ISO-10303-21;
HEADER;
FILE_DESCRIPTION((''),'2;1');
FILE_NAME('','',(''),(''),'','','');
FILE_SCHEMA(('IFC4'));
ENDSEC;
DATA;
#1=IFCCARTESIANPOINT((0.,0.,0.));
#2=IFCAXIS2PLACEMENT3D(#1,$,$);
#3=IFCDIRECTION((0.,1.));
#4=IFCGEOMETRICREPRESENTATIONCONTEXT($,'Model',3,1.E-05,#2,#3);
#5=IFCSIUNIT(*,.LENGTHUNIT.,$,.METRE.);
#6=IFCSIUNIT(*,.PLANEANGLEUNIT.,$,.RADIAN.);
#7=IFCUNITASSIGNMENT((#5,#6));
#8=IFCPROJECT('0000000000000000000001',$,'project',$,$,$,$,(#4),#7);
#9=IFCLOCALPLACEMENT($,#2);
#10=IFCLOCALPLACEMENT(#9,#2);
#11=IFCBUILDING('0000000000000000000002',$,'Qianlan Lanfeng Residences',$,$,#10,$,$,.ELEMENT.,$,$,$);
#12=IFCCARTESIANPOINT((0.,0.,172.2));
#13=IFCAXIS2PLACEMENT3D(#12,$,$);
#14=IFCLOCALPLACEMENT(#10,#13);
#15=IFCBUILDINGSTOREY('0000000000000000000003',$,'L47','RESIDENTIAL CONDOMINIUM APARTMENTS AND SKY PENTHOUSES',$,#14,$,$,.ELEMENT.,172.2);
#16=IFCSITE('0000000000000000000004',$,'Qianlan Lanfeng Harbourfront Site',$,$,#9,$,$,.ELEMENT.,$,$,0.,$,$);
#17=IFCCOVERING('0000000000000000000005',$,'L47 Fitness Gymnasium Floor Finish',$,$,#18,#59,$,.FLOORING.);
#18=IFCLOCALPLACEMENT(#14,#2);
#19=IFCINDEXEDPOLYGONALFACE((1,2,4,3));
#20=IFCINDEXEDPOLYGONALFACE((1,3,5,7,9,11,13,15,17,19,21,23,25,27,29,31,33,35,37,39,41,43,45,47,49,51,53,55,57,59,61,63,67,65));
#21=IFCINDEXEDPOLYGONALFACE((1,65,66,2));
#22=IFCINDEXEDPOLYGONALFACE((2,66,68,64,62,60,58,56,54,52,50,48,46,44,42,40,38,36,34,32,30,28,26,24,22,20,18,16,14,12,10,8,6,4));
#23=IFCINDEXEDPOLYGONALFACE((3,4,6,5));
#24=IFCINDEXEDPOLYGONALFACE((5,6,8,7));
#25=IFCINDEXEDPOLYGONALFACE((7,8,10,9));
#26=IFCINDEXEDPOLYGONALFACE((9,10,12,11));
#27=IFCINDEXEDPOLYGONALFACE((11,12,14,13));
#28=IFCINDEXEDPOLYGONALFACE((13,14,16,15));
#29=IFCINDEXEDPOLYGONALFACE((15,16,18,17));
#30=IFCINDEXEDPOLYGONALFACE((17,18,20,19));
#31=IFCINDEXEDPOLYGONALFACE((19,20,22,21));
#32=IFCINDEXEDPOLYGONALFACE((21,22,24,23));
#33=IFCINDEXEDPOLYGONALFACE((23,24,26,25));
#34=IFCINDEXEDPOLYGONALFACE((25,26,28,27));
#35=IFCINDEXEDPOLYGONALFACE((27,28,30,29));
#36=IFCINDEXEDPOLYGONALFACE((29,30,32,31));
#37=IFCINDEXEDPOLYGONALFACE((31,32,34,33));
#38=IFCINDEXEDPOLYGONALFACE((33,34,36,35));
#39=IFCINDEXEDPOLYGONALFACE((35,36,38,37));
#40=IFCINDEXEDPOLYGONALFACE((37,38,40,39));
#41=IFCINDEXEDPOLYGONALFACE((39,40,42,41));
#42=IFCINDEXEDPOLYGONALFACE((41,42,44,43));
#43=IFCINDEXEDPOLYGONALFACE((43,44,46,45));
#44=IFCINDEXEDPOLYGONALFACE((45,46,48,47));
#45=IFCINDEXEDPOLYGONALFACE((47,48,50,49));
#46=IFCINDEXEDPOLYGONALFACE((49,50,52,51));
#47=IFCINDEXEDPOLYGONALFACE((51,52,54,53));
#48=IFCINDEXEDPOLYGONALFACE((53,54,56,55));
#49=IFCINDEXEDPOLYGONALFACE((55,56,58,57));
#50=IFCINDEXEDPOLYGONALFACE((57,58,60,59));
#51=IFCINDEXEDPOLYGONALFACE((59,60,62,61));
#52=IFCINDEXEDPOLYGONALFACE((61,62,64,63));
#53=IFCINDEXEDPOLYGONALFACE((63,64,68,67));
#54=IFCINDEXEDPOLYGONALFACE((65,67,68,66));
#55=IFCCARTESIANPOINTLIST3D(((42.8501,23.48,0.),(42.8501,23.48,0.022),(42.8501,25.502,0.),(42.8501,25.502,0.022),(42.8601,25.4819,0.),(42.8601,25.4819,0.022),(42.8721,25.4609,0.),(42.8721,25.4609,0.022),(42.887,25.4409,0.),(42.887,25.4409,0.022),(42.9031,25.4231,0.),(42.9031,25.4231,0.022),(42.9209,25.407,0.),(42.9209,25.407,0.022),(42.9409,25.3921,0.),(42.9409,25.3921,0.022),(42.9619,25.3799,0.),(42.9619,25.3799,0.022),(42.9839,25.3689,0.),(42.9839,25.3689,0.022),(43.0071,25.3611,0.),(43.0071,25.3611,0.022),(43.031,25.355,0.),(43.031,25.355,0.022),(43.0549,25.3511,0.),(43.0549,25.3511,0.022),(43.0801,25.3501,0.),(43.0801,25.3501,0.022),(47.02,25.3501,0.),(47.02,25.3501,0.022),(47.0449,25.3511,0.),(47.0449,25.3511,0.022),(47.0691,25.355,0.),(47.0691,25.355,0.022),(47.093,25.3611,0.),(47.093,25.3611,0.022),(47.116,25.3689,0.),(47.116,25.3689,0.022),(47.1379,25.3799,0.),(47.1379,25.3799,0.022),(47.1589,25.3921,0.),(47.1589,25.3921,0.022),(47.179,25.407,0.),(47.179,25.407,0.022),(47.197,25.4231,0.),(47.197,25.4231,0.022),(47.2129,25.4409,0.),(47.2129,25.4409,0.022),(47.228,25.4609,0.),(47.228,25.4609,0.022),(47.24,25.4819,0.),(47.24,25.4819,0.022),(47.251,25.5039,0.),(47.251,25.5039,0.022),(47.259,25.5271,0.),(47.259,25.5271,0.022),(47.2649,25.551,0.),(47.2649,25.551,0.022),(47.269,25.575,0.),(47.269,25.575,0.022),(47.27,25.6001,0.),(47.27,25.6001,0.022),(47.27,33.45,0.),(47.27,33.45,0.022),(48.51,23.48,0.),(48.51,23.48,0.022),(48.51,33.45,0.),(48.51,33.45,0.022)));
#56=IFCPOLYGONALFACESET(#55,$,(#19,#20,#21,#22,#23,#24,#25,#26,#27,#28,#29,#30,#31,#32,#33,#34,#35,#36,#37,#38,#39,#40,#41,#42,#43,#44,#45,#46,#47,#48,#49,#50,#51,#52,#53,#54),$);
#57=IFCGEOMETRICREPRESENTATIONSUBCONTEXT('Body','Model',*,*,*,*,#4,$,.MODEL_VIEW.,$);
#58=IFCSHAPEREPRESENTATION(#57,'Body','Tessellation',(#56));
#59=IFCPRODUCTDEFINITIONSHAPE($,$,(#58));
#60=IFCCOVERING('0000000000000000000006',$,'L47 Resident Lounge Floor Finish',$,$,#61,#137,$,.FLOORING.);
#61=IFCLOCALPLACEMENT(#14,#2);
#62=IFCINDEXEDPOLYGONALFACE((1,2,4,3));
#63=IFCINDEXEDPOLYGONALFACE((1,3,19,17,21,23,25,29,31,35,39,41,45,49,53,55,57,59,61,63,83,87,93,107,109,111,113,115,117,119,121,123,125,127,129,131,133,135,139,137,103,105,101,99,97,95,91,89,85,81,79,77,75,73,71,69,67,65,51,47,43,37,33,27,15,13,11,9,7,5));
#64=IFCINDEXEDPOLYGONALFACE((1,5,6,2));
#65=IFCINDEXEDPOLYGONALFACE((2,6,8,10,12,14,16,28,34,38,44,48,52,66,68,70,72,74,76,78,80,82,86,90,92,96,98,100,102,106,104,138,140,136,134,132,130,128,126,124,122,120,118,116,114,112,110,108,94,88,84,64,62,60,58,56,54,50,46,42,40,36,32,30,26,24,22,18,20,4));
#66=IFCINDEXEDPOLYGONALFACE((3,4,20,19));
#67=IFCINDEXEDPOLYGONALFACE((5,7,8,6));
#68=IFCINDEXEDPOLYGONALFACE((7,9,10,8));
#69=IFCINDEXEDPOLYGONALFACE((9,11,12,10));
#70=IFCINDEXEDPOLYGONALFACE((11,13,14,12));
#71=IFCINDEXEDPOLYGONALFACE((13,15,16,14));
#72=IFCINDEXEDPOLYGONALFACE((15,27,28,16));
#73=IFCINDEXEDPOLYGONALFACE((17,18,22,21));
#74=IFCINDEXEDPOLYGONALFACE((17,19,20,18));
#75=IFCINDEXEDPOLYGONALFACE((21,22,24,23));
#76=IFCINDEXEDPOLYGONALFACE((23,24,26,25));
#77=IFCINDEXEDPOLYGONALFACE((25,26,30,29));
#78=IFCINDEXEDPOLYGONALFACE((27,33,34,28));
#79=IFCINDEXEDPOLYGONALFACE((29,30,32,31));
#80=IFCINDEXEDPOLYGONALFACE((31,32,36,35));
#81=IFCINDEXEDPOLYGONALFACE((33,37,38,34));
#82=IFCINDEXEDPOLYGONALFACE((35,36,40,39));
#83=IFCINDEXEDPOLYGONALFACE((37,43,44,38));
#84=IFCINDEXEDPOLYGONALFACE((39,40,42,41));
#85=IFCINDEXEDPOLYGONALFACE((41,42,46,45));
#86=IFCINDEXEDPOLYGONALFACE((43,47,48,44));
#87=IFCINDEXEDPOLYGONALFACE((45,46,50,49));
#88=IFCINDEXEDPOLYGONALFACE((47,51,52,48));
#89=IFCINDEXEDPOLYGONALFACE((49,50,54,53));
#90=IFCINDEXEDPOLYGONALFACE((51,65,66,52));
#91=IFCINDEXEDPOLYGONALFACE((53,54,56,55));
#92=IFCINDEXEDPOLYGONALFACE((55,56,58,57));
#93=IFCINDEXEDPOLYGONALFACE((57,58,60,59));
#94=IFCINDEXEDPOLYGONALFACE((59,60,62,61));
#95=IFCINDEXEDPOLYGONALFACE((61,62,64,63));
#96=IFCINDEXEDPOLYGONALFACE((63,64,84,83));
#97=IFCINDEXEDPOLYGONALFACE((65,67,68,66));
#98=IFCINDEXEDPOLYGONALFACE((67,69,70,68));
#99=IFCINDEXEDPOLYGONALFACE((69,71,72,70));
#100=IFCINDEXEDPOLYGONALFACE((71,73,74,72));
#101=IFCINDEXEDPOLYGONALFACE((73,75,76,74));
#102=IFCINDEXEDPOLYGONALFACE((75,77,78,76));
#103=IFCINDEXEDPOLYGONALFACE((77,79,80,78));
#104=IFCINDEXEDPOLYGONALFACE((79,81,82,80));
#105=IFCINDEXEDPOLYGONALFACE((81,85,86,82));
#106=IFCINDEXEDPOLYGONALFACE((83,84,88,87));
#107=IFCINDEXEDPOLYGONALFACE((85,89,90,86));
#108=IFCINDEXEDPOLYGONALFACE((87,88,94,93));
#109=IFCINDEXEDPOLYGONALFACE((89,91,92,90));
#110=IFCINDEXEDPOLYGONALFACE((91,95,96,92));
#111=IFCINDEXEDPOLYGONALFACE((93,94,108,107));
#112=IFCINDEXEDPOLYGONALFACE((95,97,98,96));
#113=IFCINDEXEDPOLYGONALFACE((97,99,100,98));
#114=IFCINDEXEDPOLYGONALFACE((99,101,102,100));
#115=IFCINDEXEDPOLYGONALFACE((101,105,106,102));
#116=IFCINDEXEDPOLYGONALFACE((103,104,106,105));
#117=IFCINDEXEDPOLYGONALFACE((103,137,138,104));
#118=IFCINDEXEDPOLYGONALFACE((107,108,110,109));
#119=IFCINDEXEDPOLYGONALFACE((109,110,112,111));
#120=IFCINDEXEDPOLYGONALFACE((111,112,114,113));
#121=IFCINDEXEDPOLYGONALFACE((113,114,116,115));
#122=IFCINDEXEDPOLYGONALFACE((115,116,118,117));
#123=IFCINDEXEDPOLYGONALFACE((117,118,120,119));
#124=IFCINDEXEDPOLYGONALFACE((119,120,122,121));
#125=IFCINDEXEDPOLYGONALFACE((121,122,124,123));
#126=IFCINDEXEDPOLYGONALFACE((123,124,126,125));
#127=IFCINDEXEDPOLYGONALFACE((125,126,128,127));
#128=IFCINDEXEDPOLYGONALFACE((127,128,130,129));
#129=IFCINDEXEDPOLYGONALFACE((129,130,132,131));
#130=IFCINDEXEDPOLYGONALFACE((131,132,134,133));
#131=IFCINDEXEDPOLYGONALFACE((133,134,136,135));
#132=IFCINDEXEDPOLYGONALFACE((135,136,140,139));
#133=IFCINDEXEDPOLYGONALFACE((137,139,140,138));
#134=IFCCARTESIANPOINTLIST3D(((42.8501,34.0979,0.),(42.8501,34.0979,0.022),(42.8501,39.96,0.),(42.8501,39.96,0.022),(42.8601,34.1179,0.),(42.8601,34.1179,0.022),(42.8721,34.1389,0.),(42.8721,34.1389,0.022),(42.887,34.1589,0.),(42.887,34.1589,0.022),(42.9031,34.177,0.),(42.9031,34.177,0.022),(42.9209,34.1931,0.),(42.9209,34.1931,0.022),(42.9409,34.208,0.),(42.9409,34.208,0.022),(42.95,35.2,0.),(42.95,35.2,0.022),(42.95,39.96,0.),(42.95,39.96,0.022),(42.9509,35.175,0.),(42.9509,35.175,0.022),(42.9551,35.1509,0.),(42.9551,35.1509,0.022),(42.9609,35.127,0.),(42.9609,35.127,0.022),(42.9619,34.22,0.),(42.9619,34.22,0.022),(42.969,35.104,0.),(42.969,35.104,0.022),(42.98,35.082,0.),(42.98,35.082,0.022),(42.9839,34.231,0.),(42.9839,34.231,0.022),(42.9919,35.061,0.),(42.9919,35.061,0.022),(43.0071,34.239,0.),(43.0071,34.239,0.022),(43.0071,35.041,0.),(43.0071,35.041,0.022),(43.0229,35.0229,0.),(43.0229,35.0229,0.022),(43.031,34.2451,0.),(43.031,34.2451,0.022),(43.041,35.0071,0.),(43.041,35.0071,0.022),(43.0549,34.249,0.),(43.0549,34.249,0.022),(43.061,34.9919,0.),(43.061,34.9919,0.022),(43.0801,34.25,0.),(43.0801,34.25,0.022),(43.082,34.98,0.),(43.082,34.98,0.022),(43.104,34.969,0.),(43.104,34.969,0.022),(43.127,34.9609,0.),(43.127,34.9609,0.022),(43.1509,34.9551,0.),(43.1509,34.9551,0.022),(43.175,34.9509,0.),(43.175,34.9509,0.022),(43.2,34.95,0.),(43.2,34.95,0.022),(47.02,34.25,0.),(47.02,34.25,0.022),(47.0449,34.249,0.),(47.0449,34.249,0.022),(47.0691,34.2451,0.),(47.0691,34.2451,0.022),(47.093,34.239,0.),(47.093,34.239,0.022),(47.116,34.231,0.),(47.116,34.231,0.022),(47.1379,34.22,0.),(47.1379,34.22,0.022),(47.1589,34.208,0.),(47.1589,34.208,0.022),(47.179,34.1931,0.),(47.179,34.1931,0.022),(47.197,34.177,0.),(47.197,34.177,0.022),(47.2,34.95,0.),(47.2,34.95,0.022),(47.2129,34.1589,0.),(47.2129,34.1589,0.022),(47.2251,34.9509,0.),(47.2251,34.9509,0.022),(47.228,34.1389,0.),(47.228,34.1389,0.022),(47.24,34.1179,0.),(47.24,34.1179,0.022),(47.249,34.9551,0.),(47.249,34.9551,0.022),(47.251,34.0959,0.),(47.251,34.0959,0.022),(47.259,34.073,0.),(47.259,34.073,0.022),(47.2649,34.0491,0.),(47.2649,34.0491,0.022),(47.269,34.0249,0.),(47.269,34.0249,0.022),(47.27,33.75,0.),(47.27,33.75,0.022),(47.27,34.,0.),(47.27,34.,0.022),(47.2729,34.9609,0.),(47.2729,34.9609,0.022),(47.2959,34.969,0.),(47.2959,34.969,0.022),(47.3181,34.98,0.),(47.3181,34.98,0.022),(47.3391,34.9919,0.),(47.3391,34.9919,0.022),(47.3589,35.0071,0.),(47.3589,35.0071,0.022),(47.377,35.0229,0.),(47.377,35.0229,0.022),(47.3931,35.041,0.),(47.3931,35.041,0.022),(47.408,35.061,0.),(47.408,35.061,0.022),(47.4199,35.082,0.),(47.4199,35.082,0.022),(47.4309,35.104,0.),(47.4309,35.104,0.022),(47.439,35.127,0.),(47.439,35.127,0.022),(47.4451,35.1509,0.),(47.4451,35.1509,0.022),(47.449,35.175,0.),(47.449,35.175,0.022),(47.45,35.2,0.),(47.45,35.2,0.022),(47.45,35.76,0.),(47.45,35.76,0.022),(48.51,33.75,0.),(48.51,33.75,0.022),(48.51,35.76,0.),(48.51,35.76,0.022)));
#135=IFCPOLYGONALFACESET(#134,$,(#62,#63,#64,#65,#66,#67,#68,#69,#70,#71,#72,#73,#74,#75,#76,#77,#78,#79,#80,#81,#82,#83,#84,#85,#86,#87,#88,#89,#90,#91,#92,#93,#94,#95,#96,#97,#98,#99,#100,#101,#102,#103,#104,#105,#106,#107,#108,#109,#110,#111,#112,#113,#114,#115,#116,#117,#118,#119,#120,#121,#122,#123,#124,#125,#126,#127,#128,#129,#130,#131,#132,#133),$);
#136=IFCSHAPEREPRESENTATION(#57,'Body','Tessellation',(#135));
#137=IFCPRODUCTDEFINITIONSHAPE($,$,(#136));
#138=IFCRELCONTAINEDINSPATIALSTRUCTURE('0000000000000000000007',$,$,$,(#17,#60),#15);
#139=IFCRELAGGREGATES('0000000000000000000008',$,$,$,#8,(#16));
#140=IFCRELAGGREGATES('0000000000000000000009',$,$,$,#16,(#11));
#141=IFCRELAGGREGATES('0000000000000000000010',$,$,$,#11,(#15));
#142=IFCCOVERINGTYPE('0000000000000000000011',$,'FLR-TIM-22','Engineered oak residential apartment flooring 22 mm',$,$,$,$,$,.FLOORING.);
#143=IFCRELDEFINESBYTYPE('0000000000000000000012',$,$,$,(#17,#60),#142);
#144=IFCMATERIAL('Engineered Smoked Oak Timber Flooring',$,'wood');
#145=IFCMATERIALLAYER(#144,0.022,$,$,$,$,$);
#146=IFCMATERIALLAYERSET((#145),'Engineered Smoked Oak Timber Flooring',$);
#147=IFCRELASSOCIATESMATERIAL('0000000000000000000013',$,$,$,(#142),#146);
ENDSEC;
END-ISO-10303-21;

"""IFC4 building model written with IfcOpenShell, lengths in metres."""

from ifc_helpers import new_model, si_unit, direction, frame, origin, place, context, subcontext, project, spatial, polyline, outline, extrude, material, layer, layer_set, type_object, element, save


model = new_model("IFC4")

# Units and contexts
model_context = context("Model", 3, precision=1e-05, world=origin(), true_north=direction((0.0, 1.0)))
body_context = subcontext(model_context, "Body", "Model", "MODEL_VIEW")
ifc_project = project(units=[si_unit("LENGTHUNIT", "METRE"), si_unit("PLANEANGLEUNIT", "RADIAN")], contexts=[model_context])

# Site, building, storey
site_placement = place(None, origin())
site = spatial("IfcSite", under=ifc_project, at=site_placement, Name="Qianlan Lanfeng Harbourfront Site", CompositionType="ELEMENT", RefElevation=0.0)
building_placement = place(site_placement, origin())
building = spatial("IfcBuilding", under=site, at=building_placement, Name="Qianlan Lanfeng Residences", CompositionType="ELEMENT")
storey_placement = place(building_placement, frame((0.0, 0.0, 172.2)))
storey = spatial("IfcBuildingStorey", under=building, at=storey_placement, Name="L47", Description="RESIDENTIAL CONDOMINIUM APARTMENTS AND SKY PENTHOUSES", CompositionType="ELEMENT", Elevation=172.2)

# Coverings
ifc_material_1 = material(Name="Engineered Smoked Oak Timber Flooring", Category="wood")
ifc_layer_1 = layer(ifc_material_1, 0.022)
ifc_layer_set_1 = layer_set([ifc_layer_1], Name="Engineered Smoked Oak Timber Flooring")
covering_type = type_object("IfcCoveringType", Name="FLR-TIM-22", Description="Engineered oak residential apartment flooring 22 mm", PredefinedType="FLOORING", material=ifc_layer_set_1)
covering_1_placement = place(storey_placement, origin())
element("IfcCovering", 1, at=covering_1_placement, inside=storey, type_object=covering_type, Name="L47 Fitness Gymnasium Floor Finish", PredefinedType="FLOORING", context=body_context, shape_type="SweptSolid", body=[
    extrude(outline(polyline([(48.51, 33.45), (47.27, 33.45), (47.27, 25.6001), (47.269, 25.575), (47.2649, 25.551), (47.259, 25.5271), (47.251, 25.5039), (47.24, 25.4819), (47.228, 25.4609), (47.2129, 25.4409), (47.197, 25.4231), (47.179, 25.407), (47.1589, 25.3921), (47.1379, 25.3799), (47.116, 25.3689), (47.093, 25.3611), (47.0691, 25.355), (47.0449, 25.3511), (47.02, 25.3501), (43.0801, 25.3501), (43.0549, 25.3511), (43.031, 25.355), (43.0071, 25.3611), (42.9839, 25.3689), (42.9619, 25.3799), (42.9409, 25.3921), (42.9209, 25.407), (42.9031, 25.4231), (42.887, 25.4409), (42.8721, 25.4609), (42.8601, 25.4819), (42.8501, 25.502), (42.8501, 23.48), (48.51, 23.48), (48.51, 33.45)])), origin(), (0.0, 0.0, 1.0), 0.022),
])
covering_2_placement = place(storey_placement, origin())
element("IfcCovering", 2, at=covering_2_placement, inside=storey, type_object=covering_type, Name="L47 Resident Lounge Floor Finish", PredefinedType="FLOORING", context=body_context, shape_type="SweptSolid", body=[
    extrude(outline(polyline([(42.8501, 34.0979), (42.8601, 34.1179), (42.8721, 34.1389), (42.887, 34.1589), (42.9031, 34.177), (42.9209, 34.1931), (42.9409, 34.208), (42.9619, 34.22), (42.9839, 34.231), (43.0071, 34.239), (43.031, 34.2451), (43.0549, 34.249), (43.0801, 34.25), (47.02, 34.25), (47.0449, 34.249), (47.0691, 34.2451), (47.093, 34.239), (47.116, 34.231), (47.1379, 34.22), (47.1589, 34.208), (47.179, 34.1931), (47.197, 34.177), (47.2129, 34.1589), (47.228, 34.1389), (47.24, 34.1179), (47.251, 34.0959), (47.259, 34.073), (47.2649, 34.0491), (47.269, 34.0249), (47.27, 34.0), (47.27, 33.75), (48.51, 33.75), (48.51, 35.76), (47.45, 35.76), (47.45, 35.2), (47.449, 35.175), (47.4451, 35.1509), (47.439, 35.127), (47.4309, 35.104), (47.4199, 35.082), (47.408, 35.061), (47.3931, 35.041), (47.377, 35.0229), (47.3589, 35.0071), (47.3391, 34.9919), (47.3181, 34.98), (47.2959, 34.969), (47.2729, 34.9609), (47.249, 34.9551), (47.2251, 34.9509), (47.2, 34.95), (43.2, 34.95), (43.175, 34.9509), (43.1509, 34.9551), (43.127, 34.9609), (43.104, 34.969), (43.082, 34.98), (43.061, 34.9919), (43.041, 35.0071), (43.0229, 35.0229), (43.0071, 35.041), (42.9919, 35.061), (42.98, 35.082), (42.969, 35.104), (42.9609, 35.127), (42.9551, 35.1509), (42.9509, 35.175), (42.95, 35.2), (42.95, 39.96), (42.8501, 39.96), (42.8501, 34.0979)])), origin(), (0.0, 0.0, 1.0), 0.022),
])

save(model, "model.ifc")
